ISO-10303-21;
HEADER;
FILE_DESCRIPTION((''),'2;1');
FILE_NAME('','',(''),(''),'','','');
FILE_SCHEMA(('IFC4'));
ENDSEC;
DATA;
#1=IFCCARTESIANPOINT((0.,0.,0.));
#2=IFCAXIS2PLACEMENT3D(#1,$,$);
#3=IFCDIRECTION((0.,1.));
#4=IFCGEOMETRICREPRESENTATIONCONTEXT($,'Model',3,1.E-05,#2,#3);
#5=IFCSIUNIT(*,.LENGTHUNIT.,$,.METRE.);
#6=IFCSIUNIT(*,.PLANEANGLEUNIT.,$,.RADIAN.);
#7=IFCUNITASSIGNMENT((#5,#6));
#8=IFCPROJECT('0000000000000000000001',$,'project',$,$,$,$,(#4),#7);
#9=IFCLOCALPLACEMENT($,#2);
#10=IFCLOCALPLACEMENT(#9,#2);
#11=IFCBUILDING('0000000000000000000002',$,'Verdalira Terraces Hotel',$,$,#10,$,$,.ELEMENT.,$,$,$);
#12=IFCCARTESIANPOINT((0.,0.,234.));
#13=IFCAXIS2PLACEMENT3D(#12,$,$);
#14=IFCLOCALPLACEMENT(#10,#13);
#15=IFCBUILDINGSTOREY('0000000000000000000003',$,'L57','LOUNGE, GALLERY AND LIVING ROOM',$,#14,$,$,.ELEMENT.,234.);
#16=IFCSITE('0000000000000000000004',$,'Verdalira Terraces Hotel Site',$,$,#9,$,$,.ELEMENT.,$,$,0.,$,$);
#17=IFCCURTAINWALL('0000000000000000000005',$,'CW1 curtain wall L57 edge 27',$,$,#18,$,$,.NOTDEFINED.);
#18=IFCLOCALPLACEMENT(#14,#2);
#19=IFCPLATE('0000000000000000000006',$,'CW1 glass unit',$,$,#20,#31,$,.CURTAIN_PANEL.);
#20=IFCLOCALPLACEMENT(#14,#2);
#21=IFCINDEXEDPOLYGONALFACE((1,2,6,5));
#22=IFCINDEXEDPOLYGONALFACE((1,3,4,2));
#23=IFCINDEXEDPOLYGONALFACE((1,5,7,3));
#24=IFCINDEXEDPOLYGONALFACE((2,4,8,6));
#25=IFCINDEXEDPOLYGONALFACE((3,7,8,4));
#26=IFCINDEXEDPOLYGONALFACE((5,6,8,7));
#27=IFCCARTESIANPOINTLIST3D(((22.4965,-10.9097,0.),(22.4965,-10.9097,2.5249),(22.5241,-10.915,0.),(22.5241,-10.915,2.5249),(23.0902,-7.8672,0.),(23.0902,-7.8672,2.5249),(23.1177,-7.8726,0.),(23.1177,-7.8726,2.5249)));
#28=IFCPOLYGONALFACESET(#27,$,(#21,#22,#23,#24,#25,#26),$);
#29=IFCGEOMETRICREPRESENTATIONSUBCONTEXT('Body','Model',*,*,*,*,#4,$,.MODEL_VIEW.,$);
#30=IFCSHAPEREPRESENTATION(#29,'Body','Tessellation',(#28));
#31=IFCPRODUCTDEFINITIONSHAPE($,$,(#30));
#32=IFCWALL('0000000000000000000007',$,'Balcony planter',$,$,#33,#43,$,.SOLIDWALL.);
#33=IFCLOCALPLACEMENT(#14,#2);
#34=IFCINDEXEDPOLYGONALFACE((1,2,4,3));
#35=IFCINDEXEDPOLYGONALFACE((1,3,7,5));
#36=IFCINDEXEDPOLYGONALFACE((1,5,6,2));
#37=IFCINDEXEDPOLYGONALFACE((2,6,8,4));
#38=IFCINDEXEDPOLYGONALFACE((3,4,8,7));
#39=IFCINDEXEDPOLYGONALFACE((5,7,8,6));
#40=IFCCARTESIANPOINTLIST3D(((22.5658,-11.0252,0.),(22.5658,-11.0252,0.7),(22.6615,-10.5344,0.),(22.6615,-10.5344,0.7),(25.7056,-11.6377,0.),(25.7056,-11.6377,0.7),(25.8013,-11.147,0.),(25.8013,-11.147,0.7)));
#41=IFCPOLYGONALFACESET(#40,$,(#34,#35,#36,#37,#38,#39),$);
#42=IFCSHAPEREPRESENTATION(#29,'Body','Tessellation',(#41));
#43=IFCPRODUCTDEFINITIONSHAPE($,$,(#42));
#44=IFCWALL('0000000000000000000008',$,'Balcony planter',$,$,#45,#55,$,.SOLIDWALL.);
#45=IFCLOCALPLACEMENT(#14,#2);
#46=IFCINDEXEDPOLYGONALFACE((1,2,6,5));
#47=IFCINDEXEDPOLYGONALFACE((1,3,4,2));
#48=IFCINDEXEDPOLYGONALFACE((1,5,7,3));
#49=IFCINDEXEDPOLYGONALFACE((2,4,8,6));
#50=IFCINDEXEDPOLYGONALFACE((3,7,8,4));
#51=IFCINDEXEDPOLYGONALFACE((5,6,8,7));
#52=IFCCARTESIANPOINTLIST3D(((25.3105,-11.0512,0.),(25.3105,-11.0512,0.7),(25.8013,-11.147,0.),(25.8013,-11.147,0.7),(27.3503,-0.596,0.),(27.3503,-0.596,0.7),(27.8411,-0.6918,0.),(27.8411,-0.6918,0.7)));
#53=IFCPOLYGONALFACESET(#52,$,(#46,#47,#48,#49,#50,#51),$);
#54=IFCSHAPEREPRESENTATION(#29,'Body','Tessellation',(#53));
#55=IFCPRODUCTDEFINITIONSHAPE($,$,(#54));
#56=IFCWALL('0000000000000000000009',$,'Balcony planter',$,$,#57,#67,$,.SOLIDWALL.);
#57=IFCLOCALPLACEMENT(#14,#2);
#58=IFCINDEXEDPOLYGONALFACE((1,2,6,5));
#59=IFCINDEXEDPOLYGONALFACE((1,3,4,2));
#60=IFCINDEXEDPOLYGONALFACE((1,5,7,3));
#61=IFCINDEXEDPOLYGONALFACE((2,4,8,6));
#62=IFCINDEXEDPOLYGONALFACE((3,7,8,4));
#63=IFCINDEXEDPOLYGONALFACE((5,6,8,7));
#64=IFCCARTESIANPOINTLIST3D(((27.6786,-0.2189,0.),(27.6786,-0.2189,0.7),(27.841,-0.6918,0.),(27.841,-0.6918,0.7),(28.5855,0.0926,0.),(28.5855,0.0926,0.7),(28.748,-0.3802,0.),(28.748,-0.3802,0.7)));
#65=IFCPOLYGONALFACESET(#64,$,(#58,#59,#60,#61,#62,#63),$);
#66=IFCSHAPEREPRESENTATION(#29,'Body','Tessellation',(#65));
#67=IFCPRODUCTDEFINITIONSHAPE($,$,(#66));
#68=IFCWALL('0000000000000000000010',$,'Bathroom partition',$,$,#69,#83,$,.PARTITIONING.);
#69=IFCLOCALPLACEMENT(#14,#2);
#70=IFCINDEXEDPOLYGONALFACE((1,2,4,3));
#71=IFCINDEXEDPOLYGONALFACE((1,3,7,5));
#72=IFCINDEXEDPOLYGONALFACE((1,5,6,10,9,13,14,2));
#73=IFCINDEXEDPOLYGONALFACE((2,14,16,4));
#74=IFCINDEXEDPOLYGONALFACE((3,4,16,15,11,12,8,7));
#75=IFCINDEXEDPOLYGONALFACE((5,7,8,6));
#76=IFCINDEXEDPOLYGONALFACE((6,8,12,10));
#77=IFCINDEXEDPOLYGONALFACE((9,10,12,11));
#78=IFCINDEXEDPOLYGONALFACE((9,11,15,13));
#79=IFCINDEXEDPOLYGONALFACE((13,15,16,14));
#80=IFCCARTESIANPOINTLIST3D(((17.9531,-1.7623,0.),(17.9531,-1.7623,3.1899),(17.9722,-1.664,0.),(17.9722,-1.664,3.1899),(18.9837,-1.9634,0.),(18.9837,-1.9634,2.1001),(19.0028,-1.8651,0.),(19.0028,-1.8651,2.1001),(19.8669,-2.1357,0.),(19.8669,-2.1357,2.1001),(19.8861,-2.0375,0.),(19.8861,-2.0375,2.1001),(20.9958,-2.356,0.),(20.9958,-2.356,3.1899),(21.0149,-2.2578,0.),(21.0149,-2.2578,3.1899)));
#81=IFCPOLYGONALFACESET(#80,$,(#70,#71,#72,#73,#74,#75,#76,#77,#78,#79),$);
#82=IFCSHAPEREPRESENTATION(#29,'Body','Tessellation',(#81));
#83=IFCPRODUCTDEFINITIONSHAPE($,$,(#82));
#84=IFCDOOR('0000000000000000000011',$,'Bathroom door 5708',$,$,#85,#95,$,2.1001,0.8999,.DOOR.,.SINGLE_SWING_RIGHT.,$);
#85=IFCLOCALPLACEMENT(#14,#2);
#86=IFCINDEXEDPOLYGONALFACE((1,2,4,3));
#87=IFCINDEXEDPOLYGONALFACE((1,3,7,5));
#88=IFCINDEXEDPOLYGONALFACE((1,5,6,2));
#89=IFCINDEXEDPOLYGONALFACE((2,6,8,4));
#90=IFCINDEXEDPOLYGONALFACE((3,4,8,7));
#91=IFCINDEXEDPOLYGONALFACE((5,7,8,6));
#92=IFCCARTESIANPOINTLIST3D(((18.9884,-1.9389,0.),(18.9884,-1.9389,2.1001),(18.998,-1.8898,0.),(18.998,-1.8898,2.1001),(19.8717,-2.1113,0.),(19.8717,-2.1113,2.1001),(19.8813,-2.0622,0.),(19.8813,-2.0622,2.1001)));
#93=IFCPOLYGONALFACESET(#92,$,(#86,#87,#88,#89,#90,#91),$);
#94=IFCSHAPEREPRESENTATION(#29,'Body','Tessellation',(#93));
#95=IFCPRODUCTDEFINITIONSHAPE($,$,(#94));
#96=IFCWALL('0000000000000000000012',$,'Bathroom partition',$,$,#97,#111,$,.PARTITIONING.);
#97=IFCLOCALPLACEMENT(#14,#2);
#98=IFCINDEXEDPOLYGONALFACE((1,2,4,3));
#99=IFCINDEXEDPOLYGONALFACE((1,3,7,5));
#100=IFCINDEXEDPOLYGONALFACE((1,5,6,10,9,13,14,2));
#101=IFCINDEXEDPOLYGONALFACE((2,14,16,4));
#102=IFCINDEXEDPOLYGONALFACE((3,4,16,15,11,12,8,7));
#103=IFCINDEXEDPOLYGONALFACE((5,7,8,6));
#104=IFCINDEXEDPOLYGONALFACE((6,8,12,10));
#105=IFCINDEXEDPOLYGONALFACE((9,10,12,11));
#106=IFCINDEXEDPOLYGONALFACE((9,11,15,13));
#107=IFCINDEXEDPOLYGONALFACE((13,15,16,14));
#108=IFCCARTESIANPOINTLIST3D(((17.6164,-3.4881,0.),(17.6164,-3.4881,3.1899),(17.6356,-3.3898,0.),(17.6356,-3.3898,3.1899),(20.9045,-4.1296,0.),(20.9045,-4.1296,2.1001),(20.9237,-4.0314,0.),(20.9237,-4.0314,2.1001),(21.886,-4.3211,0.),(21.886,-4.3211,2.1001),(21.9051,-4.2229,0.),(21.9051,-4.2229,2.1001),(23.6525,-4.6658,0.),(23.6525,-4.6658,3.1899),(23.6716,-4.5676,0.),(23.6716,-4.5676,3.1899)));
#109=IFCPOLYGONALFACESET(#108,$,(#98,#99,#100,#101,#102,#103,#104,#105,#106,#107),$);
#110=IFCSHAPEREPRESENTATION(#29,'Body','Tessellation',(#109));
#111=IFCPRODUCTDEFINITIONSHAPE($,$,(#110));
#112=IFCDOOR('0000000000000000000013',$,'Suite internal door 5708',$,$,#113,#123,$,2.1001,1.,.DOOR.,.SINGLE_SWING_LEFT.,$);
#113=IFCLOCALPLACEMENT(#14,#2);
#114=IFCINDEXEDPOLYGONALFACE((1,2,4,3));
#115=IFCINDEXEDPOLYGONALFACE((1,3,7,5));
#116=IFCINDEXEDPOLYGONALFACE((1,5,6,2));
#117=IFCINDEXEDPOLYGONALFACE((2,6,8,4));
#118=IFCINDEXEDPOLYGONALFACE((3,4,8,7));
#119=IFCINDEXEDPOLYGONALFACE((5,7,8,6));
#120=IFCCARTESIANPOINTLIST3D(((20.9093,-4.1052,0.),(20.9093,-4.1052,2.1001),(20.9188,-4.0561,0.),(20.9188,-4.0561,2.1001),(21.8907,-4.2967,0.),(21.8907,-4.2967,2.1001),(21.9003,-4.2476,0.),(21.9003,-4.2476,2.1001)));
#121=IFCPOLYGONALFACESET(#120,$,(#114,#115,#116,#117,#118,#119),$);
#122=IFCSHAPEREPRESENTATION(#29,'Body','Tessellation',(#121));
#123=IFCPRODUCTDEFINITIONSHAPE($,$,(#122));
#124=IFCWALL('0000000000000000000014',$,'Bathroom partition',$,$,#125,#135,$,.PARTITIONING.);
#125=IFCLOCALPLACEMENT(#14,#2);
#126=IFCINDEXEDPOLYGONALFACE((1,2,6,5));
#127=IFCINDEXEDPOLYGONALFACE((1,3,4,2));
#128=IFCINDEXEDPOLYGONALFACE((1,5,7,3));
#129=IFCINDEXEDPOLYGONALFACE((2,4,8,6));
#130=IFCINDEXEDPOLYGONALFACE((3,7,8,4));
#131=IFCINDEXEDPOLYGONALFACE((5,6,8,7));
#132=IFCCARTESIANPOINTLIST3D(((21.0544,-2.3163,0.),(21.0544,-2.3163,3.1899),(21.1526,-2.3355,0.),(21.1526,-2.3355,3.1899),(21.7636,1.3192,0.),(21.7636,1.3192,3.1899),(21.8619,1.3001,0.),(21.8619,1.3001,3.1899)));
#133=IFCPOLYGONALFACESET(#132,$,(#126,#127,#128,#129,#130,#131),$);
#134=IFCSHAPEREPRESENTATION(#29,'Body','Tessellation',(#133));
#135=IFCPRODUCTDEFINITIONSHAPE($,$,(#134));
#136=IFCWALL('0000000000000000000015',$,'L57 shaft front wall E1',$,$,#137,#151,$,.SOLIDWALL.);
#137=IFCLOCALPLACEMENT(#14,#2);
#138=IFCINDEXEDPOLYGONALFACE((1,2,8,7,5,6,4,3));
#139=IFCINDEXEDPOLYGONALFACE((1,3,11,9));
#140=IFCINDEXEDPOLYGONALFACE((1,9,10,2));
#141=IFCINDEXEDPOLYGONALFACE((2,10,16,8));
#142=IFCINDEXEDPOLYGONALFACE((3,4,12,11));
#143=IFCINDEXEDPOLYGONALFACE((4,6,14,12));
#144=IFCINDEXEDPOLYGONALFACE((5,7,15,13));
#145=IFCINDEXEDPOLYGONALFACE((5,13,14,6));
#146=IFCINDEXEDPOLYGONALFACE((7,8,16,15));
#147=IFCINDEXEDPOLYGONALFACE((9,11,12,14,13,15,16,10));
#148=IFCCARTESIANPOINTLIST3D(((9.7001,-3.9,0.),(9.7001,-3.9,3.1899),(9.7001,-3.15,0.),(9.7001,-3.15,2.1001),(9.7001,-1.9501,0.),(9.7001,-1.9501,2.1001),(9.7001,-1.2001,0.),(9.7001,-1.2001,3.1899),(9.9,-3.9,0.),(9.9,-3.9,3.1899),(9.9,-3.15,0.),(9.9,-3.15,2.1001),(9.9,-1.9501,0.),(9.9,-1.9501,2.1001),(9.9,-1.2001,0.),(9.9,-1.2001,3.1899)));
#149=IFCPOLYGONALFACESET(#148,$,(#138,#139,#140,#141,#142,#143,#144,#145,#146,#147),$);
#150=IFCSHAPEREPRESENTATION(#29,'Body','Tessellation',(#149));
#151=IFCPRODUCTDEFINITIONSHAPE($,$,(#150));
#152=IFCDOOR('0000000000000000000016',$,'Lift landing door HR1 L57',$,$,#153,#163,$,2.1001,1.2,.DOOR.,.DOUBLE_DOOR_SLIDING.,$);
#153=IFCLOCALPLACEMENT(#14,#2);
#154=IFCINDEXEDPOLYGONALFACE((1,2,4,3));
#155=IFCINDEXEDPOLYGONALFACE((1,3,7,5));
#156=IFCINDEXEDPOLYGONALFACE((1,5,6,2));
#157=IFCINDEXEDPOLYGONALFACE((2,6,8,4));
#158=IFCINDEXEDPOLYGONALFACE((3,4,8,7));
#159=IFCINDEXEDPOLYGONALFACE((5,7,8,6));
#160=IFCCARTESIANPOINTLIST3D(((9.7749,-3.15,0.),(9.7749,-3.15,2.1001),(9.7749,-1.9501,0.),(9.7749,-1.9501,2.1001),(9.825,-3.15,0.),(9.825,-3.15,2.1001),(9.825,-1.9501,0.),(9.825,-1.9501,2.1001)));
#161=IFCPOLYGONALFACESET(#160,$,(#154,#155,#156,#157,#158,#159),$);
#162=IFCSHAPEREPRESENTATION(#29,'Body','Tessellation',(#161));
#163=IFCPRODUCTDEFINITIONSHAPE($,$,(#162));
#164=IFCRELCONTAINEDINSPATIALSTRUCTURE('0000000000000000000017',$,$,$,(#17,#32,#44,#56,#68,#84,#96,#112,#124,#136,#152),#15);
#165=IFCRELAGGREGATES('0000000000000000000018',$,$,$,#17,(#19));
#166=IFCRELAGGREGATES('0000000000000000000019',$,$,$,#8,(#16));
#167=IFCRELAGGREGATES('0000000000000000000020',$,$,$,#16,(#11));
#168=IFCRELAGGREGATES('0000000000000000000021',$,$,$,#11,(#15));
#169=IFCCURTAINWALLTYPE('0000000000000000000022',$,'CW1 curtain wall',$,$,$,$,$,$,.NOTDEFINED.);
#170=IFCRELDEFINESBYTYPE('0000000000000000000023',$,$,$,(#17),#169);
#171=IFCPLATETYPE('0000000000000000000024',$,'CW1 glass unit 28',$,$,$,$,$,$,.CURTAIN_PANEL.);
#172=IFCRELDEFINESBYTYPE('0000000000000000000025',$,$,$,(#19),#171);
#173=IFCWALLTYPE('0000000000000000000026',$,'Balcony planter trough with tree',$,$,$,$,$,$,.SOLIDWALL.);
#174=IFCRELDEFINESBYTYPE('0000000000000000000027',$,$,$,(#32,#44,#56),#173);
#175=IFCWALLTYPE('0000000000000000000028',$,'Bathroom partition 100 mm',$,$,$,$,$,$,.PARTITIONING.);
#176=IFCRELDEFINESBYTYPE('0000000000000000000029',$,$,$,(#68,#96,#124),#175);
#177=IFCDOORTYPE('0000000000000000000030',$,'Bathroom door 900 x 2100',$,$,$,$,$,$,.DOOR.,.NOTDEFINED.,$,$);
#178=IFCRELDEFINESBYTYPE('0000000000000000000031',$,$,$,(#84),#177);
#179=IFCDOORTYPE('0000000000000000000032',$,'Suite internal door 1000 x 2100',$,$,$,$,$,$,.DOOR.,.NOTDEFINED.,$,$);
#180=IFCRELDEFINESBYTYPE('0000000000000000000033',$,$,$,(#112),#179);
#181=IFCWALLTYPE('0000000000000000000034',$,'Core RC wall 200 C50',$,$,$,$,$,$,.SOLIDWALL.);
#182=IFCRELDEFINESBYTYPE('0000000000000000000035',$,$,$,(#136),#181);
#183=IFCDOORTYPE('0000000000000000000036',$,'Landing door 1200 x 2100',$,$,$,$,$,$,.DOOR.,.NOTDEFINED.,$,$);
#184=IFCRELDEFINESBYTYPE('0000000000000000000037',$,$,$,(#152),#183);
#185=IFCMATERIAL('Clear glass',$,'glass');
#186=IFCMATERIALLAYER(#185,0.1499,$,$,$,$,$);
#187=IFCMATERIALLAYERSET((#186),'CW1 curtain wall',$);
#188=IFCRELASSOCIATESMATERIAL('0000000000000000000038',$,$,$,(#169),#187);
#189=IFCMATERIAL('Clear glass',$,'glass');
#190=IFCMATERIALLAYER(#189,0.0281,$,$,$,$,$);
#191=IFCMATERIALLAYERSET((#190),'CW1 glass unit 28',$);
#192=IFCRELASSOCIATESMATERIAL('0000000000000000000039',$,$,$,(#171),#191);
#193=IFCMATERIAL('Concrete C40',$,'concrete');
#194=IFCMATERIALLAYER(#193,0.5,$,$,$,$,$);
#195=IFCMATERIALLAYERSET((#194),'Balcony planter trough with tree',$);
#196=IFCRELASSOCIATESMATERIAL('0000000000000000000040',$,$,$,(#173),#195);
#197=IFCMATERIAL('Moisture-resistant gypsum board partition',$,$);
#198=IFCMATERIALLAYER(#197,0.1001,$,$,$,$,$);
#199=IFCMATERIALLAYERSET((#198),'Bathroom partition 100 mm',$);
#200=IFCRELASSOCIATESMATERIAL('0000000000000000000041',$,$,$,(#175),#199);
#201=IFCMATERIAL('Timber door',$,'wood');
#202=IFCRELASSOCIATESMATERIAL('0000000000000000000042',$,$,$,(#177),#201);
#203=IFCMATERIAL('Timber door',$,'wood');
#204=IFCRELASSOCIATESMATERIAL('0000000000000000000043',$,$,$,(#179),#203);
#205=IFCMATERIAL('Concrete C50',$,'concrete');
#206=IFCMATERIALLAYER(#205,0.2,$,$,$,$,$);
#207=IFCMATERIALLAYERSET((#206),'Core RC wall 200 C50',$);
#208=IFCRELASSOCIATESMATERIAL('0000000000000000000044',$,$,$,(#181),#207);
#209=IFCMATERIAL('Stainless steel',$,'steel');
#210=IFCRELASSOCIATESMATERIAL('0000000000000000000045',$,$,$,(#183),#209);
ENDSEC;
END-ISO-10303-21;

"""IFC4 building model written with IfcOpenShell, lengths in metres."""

from ifc_helpers import new_model, si_unit, direction, frame, frame_2d, origin, origin_2d, place, context, subcontext, project, spatial, rectangle, extrude, material, layer, layer_set, type_object, element, fill, aggregate, save


model = new_model("IFC4")

# Units and contexts
model_context = context("Model", 3, precision=1e-05, world=origin(), true_north=direction((0.0, 1.0)))
body_context = subcontext(model_context, "Body", "Model", "MODEL_VIEW")
ifc_project = project(units=[si_unit("LENGTHUNIT", "METRE"), si_unit("PLANEANGLEUNIT", "RADIAN")], contexts=[model_context])

# Site, building, storey
site_placement = place(None, origin())
site = spatial("IfcSite", under=ifc_project, at=site_placement, Name="Verdalira Terraces Hotel Site", CompositionType="ELEMENT", RefElevation=0.0)
building_placement = place(site_placement, origin())
building = spatial("IfcBuilding", under=site, at=building_placement, Name="Verdalira Terraces Hotel", CompositionType="ELEMENT")
storey_placement = place(building_placement, frame((0.0, 0.0, 234.0)))
storey = spatial("IfcBuildingStorey", under=building, at=storey_placement, Name="L57", Description="LOUNGE, GALLERY AND LIVING ROOM", CompositionType="ELEMENT", Elevation=234.0)

# Shared definitions
ifc_material_1 = material(Name="Clear glass", Category="glass")
ifc_layer_1 = layer(ifc_material_1, 0.1499)
ifc_layer_set_1 = layer_set([ifc_layer_1], Name="CW1 curtain wall")
curtain_wall_type = type_object("IfcCurtainWallType", Name="CW1 curtain wall", PredefinedType="NOTDEFINED", material=ifc_layer_set_1)

# Curtain wall
curtain_wall_1_placement = place(storey_placement, origin())
curtain_wall_1 = element("IfcCurtainWall", 1, at=curtain_wall_1_placement, inside=storey, type_object=curtain_wall_type, Name="CW1 curtain wall L57 edge 27", PredefinedType="NOTDEFINED")

# Plate
ifc_material_2 = material(Name="Clear glass", Category="glass")
ifc_layer_2 = layer(ifc_material_2, 0.0281)
ifc_layer_set_2 = layer_set([ifc_layer_2], Name="CW1 glass unit 28")
plate_type = type_object("IfcPlateType", Name="CW1 glass unit 28", PredefinedType="CURTAIN_PANEL", material=ifc_layer_set_2)
plate_1_placement = place(storey_placement, frame((22.8071, -9.3911, 0.0), z_axis=(0.0, 0.0, 1.0), x_axis=(0.191494, 0.981494, 0.0)))
plate_1 = element("IfcPlate", 2, at=plate_1_placement, type_object=plate_type, Name="CW1 glass unit", PredefinedType="CURTAIN_PANEL", context=body_context, shape_type="SweptSolid", body=[
    extrude(rectangle(XDim=3.0999, YDim=0.0281, at=origin_2d()), origin(), (0.0, 0.0, 1.0), 2.5249),
])
aggregate(curtain_wall_1, [plate_1])

# Walls
ifc_material_3 = material(Name="Concrete C40", Category="concrete")
ifc_layer_3 = layer(ifc_material_3, 0.5)
ifc_layer_set_3 = layer_set([ifc_layer_3], Name="Balcony planter trough with tree")
wall_type_1 = type_object("IfcWallType", Name="Balcony planter trough with tree", PredefinedType="SOLIDWALL", material=ifc_layer_set_3)
wall_1_placement = place(storey_placement, frame((22.6135, -10.7798, 0.0), z_axis=(0.0, 0.0, 1.0), x_axis=(0.981497, -0.191476, 0.0)))
element("IfcWall", 3, at=wall_1_placement, inside=storey, type_object=wall_type_1, Name="Balcony planter", PredefinedType="SOLIDWALL", context=body_context, shape_type="SweptSolid", body=[
    extrude(rectangle(XDim=3.199, YDim=0.5, at=frame_2d((1.5996, 0.0))), origin(), (0.0, 0.0, 1.0), 0.7),
])
wall_2_placement = place(storey_placement, frame((25.5559, -11.0991, 0.0), z_axis=(0.0, 0.0, 1.0), x_axis=(0.191486, 0.981495, 0.0)))
element("IfcWall", 4, at=wall_2_placement, inside=storey, type_object=wall_type_1, Name="Balcony planter", PredefinedType="SOLIDWALL", context=body_context, shape_type="SweptSolid", body=[
    extrude(rectangle(XDim=10.6523, YDim=0.5, at=frame_2d((5.3262, 0.0))), origin(), (0.0, 0.0, 1.0), 0.7),
])
wall_3_placement = place(storey_placement, frame((27.7598, -0.4553, 0.0), z_axis=(0.0, 0.0, 1.0), x_axis=(0.945767, 0.324845, 0.0)))
element("IfcWall", 5, at=wall_3_placement, inside=storey, type_object=wall_type_1, Name="Balcony planter", PredefinedType="SOLIDWALL", context=body_context, shape_type="SweptSolid", body=[
    extrude(rectangle(XDim=0.959, YDim=0.5, at=frame_2d((0.4795, 0.0))), origin(), (0.0, 0.0, 1.0), 0.7),
])

# Walls, openings, doors
ifc_material_4 = material(Name="Moisture-resistant gypsum board partition")
ifc_layer_4 = layer(ifc_material_4, 0.1001)
ifc_layer_set_4 = layer_set([ifc_layer_4], Name="Bathroom partition 100 mm")
wall_type_2 = type_object("IfcWallType", Name="Bathroom partition 100 mm", PredefinedType="PARTITIONING", material=ifc_layer_set_4)
wall_4_placement = place(storey_placement, frame((17.9626, -1.7131, 0.0), z_axis=(0.0, 0.0, 1.0), x_axis=(0.981488, -0.191525, 0.0)))
wall_4 = element("IfcWall", 6, at=wall_4_placement, inside=storey, type_object=wall_type_2, Name="Bathroom partition", PredefinedType="PARTITIONING", context=body_context, shape_type="SweptSolid", body=[
    extrude(rectangle(XDim=3.1001, YDim=0.1001, at=frame_2d((1.55, 0.0))), origin(), (0.0, 0.0, 1.0), 3.1899),
])
opening_1_placement = place(wall_4_placement, frame((1.05, 0.0, 0.0)))
opening_1 = element("IfcOpeningElement", 7, at=opening_1_placement, cuts=wall_4, PredefinedType="OPENING", context=body_context, shape_type="SweptSolid", body=[
    extrude(rectangle(XDim=0.8999, YDim=2.1001, at=frame_2d((0.45, 1.05))), frame((0.0, 0.0601, 0.0), z_axis=(0.0, -1.0, 0.0), x_axis=(1.0, 0.0, 0.0)), (0.0, 0.0, 1.0), 0.1201),
])
ifc_material_5 = material(Name="Timber door", Category="wood")
door_type_1 = type_object("IfcDoorType", Name="Bathroom door 900 x 2100", OperationType="NOTDEFINED", PredefinedType="DOOR", material=ifc_material_5)
door_1_placement = place(opening_1_placement, origin())
door_1 = element("IfcDoor", 8, at=door_1_placement, inside=storey, type_object=door_type_1, Name="Bathroom door 5708", OperationType="SINGLE_SWING_RIGHT", OverallHeight=2.1001, OverallWidth=0.8999, PredefinedType="DOOR", context=body_context, shape_type="SweptSolid", body=[
    extrude(rectangle(XDim=0.8999, YDim=2.1001, at=frame_2d((0.45, 1.05))), frame((0.0, 0.0249, 0.0), z_axis=(0.0, -1.0, 0.0), x_axis=(1.0, 0.0, 0.0)), (0.0, 0.0, 1.0), 0.05),
])
fill(opening_1, door_1)
wall_5_placement = place(storey_placement, frame((17.626, -3.439, 0.0), z_axis=(0.0, 0.0, 1.0), x_axis=(0.981492, -0.191503, 0.0)))
wall_5 = element("IfcWall", 9, at=wall_5_placement, inside=storey, type_object=wall_type_2, Name="Bathroom partition", PredefinedType="PARTITIONING", context=body_context, shape_type="SweptSolid", body=[
    extrude(rectangle(XDim=6.1499, YDim=0.1001, at=frame_2d((3.075, 0.0))), origin(), (0.0, 0.0, 1.0), 3.1899),
])
opening_2_placement = place(wall_5_placement, frame((3.3501, 0.0, 0.0)))
opening_2 = element("IfcOpeningElement", 10, at=opening_2_placement, cuts=wall_5, PredefinedType="OPENING", context=body_context, shape_type="SweptSolid", body=[
    extrude(rectangle(XDim=1.0, YDim=2.1001, at=frame_2d((0.5, 1.05))), frame((0.0, 0.0601, 0.0), z_axis=(0.0, -1.0, 0.0), x_axis=(1.0, 0.0, 0.0)), (0.0, 0.0, 1.0), 0.1201),
])
ifc_material_6 = material(Name="Timber door", Category="wood")
door_type_2 = type_object("IfcDoorType", Name="Suite internal door 1000 x 2100", OperationType="NOTDEFINED", PredefinedType="DOOR", material=ifc_material_6)
door_2_placement = place(opening_2_placement, origin())
door_2 = element("IfcDoor", 11, at=door_2_placement, inside=storey, type_object=door_type_2, Name="Suite internal door 5708", OperationType="SINGLE_SWING_LEFT", OverallHeight=2.1001, OverallWidth=1.0, PredefinedType="DOOR", context=body_context, shape_type="SweptSolid", body=[
    extrude(rectangle(XDim=1.0, YDim=2.1001, at=frame_2d((0.5, 1.05))), frame((0.0, 0.0249, 0.0), z_axis=(0.0, -1.0, 0.0), x_axis=(1.0, 0.0, 0.0)), (0.0, 0.0, 1.0), 0.05),
])
fill(opening_2, door_2)

# Wall
wall_6_placement = place(storey_placement, frame((21.1035, -2.3259, 0.0), z_axis=(0.0, 0.0, 1.0), x_axis=(0.191475, 0.981498, 0.0)))
element("IfcWall", 12, at=wall_6_placement, inside=storey, type_object=wall_type_2, Name="Bathroom partition", PredefinedType="PARTITIONING", context=body_context, shape_type="SweptSolid", body=[
    extrude(rectangle(XDim=3.7041, YDim=0.1001, at=frame_2d((1.8521, 0.0))), origin(), (0.0, 0.0, 1.0), 3.1899),
])

# Wall, opening, door
ifc_material_7 = material(Name="Concrete C50", Category="concrete")
ifc_layer_5 = layer(ifc_material_7, 0.2)
ifc_layer_set_5 = layer_set([ifc_layer_5], Name="Core RC wall 200 C50")
wall_type_3 = type_object("IfcWallType", Name="Core RC wall 200 C50", PredefinedType="SOLIDWALL", material=ifc_layer_set_5)
wall_7_placement = place(storey_placement, frame((9.8, -1.2, 0.0), z_axis=(0.0, 0.0, 1.0), x_axis=(0.0, -1.0, 0.0)))
wall_7 = element("IfcWall", 13, at=wall_7_placement, inside=storey, type_object=wall_type_3, Name="L57 shaft front wall E1", PredefinedType="SOLIDWALL", context=body_context, shape_type="SweptSolid", body=[
    extrude(rectangle(XDim=2.7, YDim=0.2, at=frame_2d((1.3501, 0.0))), origin(), (0.0, 0.0, 1.0), 3.1899),
])
opening_3_placement = place(wall_7_placement, frame((0.75, 0.0, 0.0)))
opening_3 = element("IfcOpeningElement", 14, at=opening_3_placement, cuts=wall_7, PredefinedType="OPENING", context=body_context, shape_type="SweptSolid", body=[
    extrude(rectangle(XDim=1.2, YDim=2.1001, at=frame_2d((0.6001, 1.05))), frame((0.0, 0.1099, 0.0), z_axis=(0.0, -1.0, 0.0), x_axis=(1.0, 0.0, 0.0)), (0.0, 0.0, 1.0), 0.22),
])
ifc_material_8 = material(Name="Stainless steel", Category="steel")
door_type_3 = type_object("IfcDoorType", Name="Landing door 1200 x 2100", OperationType="NOTDEFINED", PredefinedType="DOOR", material=ifc_material_8)
door_3_placement = place(opening_3_placement, origin())
door_3 = element("IfcDoor", 15, at=door_3_placement, inside=storey, type_object=door_type_3, Name="Lift landing door HR1 L57", OperationType="DOUBLE_DOOR_SLIDING", OverallHeight=2.1001, OverallWidth=1.2, PredefinedType="DOOR", context=body_context, shape_type="SweptSolid", body=[
    extrude(rectangle(XDim=1.2, YDim=2.1001, at=frame_2d((0.6001, 1.05))), frame((0.0, 0.0249, 0.0), z_axis=(0.0, -1.0, 0.0), x_axis=(1.0, 0.0, 0.0)), (0.0, 0.0, 1.0), 0.05),
])
fill(opening_3, door_3)

save(model, "model.ifc")
